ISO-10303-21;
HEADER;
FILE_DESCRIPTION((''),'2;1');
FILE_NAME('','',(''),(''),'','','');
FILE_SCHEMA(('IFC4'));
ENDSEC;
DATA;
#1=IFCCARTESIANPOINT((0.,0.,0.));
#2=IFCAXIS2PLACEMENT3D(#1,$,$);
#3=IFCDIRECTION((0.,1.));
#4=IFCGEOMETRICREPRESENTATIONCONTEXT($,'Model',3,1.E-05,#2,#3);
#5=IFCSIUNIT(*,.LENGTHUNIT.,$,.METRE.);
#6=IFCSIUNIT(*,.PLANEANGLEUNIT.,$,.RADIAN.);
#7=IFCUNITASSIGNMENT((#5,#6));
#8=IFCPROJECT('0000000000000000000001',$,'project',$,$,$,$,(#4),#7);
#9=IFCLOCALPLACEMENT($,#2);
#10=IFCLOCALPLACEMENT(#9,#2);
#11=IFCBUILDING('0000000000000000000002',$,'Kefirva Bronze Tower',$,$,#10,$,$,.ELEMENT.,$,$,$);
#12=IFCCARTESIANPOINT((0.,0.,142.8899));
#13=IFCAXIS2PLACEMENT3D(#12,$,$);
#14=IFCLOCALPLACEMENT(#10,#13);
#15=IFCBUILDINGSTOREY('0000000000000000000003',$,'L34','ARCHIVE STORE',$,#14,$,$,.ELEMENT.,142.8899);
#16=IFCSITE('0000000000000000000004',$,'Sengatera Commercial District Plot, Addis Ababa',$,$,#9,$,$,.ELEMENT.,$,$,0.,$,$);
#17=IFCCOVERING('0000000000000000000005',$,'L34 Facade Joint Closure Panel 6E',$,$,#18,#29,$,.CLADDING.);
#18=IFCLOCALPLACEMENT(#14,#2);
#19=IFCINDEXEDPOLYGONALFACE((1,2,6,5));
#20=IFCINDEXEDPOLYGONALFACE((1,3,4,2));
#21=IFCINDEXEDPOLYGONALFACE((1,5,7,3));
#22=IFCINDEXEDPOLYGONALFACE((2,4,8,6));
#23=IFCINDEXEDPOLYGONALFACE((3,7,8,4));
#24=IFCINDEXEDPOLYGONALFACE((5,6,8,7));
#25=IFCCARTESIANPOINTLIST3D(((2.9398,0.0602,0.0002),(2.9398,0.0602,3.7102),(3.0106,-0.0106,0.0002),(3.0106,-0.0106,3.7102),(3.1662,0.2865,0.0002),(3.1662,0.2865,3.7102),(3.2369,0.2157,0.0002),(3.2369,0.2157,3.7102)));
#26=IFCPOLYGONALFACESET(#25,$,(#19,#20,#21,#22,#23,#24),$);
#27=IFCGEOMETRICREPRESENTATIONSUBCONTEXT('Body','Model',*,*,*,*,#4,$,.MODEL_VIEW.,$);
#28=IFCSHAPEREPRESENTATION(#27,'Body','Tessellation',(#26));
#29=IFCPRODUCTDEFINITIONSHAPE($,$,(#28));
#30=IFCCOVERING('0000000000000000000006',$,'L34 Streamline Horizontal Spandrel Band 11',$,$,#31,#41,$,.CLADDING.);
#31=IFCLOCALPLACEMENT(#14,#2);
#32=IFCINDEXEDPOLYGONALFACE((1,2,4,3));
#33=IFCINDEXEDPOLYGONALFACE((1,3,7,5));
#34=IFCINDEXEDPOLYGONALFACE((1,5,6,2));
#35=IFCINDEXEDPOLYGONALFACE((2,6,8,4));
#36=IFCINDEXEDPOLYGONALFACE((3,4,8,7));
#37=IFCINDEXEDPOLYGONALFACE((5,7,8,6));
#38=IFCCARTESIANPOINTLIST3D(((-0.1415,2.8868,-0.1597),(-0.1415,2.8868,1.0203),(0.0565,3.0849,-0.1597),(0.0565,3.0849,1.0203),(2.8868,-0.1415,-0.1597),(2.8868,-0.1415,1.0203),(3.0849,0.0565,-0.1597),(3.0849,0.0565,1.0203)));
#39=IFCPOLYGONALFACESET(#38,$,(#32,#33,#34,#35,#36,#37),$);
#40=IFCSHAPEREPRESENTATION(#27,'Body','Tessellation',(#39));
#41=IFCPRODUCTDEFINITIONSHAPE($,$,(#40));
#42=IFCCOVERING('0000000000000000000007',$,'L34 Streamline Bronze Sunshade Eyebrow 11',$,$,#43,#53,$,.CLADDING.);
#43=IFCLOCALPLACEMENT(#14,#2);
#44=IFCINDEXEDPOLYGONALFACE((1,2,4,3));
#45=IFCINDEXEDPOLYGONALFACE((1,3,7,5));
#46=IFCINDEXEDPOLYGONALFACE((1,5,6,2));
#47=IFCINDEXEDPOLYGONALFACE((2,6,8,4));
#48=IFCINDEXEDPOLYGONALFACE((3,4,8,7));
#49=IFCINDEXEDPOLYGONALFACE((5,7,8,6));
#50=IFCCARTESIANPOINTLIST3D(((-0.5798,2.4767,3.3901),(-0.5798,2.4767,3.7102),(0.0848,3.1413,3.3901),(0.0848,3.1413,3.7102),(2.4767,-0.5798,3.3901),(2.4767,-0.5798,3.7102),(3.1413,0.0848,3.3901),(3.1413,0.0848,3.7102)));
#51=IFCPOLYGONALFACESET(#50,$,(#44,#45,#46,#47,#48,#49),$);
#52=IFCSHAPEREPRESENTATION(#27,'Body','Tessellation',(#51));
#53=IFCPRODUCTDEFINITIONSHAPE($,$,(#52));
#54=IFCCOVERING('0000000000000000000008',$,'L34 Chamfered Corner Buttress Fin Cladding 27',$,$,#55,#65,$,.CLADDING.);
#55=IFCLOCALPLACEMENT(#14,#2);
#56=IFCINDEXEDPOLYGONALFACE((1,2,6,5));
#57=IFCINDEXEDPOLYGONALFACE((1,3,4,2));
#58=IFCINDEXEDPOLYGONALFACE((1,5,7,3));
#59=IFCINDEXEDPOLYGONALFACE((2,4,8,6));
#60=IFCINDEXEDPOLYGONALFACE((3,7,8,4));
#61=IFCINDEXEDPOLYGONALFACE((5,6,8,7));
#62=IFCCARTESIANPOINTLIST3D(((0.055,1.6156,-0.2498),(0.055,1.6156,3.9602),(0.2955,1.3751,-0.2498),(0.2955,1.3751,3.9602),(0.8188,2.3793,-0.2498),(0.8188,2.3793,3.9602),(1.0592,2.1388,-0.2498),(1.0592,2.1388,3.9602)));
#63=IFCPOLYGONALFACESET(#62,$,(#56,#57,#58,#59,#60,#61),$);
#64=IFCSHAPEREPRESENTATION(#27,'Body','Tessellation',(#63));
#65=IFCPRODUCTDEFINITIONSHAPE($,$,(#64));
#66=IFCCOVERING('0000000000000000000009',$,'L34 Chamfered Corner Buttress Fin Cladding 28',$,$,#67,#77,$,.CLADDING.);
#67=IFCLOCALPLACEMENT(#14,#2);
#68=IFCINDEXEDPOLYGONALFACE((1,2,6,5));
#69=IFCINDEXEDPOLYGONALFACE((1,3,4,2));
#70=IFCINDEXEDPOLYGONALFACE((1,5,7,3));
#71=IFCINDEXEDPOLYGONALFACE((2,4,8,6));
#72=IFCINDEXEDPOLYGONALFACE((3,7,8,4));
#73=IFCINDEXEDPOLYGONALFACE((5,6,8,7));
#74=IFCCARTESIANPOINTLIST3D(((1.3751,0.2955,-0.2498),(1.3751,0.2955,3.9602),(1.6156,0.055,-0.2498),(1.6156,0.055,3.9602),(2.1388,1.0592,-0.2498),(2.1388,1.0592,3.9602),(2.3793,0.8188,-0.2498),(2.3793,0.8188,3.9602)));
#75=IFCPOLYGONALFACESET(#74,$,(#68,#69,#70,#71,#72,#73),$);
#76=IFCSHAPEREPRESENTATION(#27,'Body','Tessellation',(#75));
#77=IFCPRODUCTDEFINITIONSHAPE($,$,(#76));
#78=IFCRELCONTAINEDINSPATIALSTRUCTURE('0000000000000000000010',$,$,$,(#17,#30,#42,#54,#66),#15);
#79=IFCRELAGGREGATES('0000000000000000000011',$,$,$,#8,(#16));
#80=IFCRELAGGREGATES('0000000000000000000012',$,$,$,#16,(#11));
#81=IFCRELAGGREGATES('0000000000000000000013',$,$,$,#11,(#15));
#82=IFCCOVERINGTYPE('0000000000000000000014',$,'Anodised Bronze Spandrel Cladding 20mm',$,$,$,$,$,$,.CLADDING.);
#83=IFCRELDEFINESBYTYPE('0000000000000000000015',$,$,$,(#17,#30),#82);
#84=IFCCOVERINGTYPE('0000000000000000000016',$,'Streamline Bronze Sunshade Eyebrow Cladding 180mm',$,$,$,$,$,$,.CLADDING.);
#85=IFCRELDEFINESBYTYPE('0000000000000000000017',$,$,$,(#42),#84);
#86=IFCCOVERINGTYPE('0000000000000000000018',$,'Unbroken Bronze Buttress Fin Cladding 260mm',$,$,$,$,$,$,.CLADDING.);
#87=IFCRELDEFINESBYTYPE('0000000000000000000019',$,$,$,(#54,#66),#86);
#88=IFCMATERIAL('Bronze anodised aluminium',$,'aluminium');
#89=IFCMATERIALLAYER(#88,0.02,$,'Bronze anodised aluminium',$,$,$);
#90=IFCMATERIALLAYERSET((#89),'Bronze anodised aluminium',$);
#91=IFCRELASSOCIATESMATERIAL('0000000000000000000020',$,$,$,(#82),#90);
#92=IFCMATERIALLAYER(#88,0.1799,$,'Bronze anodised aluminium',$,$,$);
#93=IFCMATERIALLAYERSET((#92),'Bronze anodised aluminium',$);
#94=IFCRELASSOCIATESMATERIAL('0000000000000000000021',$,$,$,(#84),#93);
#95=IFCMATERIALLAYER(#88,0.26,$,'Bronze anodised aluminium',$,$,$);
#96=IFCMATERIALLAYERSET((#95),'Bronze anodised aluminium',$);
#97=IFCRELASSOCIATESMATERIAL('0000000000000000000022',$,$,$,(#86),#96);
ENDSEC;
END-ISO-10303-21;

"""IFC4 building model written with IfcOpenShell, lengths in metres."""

from ifc_helpers import new_model, si_unit, direction, frame, origin, origin_2d, place, context, subcontext, project, spatial, rectangle, extrude, material, layer, layer_set, type_object, element, save


model = new_model("IFC4")

# Units and contexts
model_context = context("Model", 3, precision=1e-05, world=origin(), true_north=direction((0.0, 1.0)))
body_context = subcontext(model_context, "Body", "Model", "MODEL_VIEW")
ifc_project = project(units=[si_unit("LENGTHUNIT", "METRE"), si_unit("PLANEANGLEUNIT", "RADIAN")], contexts=[model_context])

# Site, building, storey
site_placement = place(None, origin())
site = spatial("IfcSite", under=ifc_project, at=site_placement, Name="Sengatera Commercial District Plot, Addis Ababa", CompositionType="ELEMENT", RefElevation=0.0)
building_placement = place(site_placement, origin())
building = spatial("IfcBuilding", under=site, at=building_placement, Name="Kefirva Bronze Tower", CompositionType="ELEMENT")
storey_placement = place(building_placement, frame((0.0, 0.0, 142.8899)))
storey = spatial("IfcBuildingStorey", under=building, at=storey_placement, Name="L34", Description="ARCHIVE STORE", CompositionType="ELEMENT", Elevation=142.8899)

# Shared definitions
ifc_material_1 = material(Name="Bronze anodised aluminium", Category="aluminium")

# Coverings
ifc_layer_1 = layer(ifc_material_1, 0.02, Name="Bronze anodised aluminium")
ifc_layer_set_1 = layer_set([ifc_layer_1], Name="Bronze anodised aluminium")
covering_type_1 = type_object("IfcCoveringType", Name="Anodised Bronze Spandrel Cladding 20mm", PredefinedType="CLADDING", material=ifc_layer_set_1)
for number, where, z_axis, x_axis, name in (
    (1, (3.0884, 0.1379, 0.0002), (0.0, 0.0, 1.0), (0.707107, -0.707107, 0.0), "L34 Facade Joint Closure Panel 6E"),
):
    element("IfcCovering", number, at=place(storey_placement, frame(where, z_axis=z_axis, x_axis=x_axis)), inside=storey, type_object=covering_type_1, Name=name, PredefinedType="CLADDING", context=body_context, shape_type="SweptSolid", body=[
        extrude(rectangle(XDim=0.1001, YDim=0.3201, at=origin_2d()), origin(), (0.0, 0.0, 1.0), 3.71),
    ])
covering_1_placement = place(storey_placement, frame((1.4717, 1.4717, -0.1597), z_axis=(0.0, 0.0, 1.0), x_axis=(0.707107, -0.707107, 0.0)))
element("IfcCovering", 2, at=covering_1_placement, inside=storey, type_object=covering_type_1, Name="L34 Streamline Horizontal Spandrel Band 11", PredefinedType="CLADDING", context=body_context, shape_type="SweptSolid", body=[
    extrude(rectangle(XDim=4.2827, YDim=0.28, at=origin_2d()), origin(), (0.0, 0.0, 1.0), 1.1799),
])
ifc_layer_2 = layer(ifc_material_1, 0.1799, Name="Bronze anodised aluminium")
ifc_layer_set_2 = layer_set([ifc_layer_2], Name="Bronze anodised aluminium")
covering_type_2 = type_object("IfcCoveringType", Name="Streamline Bronze Sunshade Eyebrow Cladding 180mm", PredefinedType="CLADDING", material=ifc_layer_set_2)
covering_2_placement = place(storey_placement, frame((1.2808, 1.2808, 3.3901), z_axis=(0.0, 0.0, 1.0), x_axis=(0.707107, -0.707107, 0.0)))
element("IfcCovering", 3, at=covering_2_placement, inside=storey, type_object=covering_type_2, Name="L34 Streamline Bronze Sunshade Eyebrow 11", PredefinedType="CLADDING", context=body_context, shape_type="SweptSolid", body=[
    extrude(rectangle(XDim=4.3225, YDim=0.9399, at=origin_2d()), origin(), (0.0, 0.0, 1.0), 0.3201),
])
ifc_layer_3 = layer(ifc_material_1, 0.26, Name="Bronze anodised aluminium")
ifc_layer_set_3 = layer_set([ifc_layer_3], Name="Bronze anodised aluminium")
covering_type_3 = type_object("IfcCoveringType", Name="Unbroken Bronze Buttress Fin Cladding 260mm", PredefinedType="CLADDING", material=ifc_layer_set_3)
for number, where, z_axis, x_axis, name in (
    (4, (0.5571, 1.8772, -0.2498), (0.0, 0.0, 1.0), (0.707107, -0.707107, 0.0), "L34 Chamfered Corner Buttress Fin Cladding 27"),
    (5, (1.8772, 0.5571, -0.2498), (0.0, 0.0, 1.0), (0.707107, -0.707107, 0.0), "L34 Chamfered Corner Buttress Fin Cladding 28"),
):
    element("IfcCovering", number, at=place(storey_placement, frame(where, z_axis=z_axis, x_axis=x_axis)), inside=storey, type_object=covering_type_3, Name=name, PredefinedType="CLADDING", context=body_context, shape_type="SweptSolid", body=[
        extrude(rectangle(XDim=0.3401, YDim=1.0801, at=origin_2d()), origin(), (0.0, 0.0, 1.0), 4.21),
    ])

save(model, "model.ifc")
